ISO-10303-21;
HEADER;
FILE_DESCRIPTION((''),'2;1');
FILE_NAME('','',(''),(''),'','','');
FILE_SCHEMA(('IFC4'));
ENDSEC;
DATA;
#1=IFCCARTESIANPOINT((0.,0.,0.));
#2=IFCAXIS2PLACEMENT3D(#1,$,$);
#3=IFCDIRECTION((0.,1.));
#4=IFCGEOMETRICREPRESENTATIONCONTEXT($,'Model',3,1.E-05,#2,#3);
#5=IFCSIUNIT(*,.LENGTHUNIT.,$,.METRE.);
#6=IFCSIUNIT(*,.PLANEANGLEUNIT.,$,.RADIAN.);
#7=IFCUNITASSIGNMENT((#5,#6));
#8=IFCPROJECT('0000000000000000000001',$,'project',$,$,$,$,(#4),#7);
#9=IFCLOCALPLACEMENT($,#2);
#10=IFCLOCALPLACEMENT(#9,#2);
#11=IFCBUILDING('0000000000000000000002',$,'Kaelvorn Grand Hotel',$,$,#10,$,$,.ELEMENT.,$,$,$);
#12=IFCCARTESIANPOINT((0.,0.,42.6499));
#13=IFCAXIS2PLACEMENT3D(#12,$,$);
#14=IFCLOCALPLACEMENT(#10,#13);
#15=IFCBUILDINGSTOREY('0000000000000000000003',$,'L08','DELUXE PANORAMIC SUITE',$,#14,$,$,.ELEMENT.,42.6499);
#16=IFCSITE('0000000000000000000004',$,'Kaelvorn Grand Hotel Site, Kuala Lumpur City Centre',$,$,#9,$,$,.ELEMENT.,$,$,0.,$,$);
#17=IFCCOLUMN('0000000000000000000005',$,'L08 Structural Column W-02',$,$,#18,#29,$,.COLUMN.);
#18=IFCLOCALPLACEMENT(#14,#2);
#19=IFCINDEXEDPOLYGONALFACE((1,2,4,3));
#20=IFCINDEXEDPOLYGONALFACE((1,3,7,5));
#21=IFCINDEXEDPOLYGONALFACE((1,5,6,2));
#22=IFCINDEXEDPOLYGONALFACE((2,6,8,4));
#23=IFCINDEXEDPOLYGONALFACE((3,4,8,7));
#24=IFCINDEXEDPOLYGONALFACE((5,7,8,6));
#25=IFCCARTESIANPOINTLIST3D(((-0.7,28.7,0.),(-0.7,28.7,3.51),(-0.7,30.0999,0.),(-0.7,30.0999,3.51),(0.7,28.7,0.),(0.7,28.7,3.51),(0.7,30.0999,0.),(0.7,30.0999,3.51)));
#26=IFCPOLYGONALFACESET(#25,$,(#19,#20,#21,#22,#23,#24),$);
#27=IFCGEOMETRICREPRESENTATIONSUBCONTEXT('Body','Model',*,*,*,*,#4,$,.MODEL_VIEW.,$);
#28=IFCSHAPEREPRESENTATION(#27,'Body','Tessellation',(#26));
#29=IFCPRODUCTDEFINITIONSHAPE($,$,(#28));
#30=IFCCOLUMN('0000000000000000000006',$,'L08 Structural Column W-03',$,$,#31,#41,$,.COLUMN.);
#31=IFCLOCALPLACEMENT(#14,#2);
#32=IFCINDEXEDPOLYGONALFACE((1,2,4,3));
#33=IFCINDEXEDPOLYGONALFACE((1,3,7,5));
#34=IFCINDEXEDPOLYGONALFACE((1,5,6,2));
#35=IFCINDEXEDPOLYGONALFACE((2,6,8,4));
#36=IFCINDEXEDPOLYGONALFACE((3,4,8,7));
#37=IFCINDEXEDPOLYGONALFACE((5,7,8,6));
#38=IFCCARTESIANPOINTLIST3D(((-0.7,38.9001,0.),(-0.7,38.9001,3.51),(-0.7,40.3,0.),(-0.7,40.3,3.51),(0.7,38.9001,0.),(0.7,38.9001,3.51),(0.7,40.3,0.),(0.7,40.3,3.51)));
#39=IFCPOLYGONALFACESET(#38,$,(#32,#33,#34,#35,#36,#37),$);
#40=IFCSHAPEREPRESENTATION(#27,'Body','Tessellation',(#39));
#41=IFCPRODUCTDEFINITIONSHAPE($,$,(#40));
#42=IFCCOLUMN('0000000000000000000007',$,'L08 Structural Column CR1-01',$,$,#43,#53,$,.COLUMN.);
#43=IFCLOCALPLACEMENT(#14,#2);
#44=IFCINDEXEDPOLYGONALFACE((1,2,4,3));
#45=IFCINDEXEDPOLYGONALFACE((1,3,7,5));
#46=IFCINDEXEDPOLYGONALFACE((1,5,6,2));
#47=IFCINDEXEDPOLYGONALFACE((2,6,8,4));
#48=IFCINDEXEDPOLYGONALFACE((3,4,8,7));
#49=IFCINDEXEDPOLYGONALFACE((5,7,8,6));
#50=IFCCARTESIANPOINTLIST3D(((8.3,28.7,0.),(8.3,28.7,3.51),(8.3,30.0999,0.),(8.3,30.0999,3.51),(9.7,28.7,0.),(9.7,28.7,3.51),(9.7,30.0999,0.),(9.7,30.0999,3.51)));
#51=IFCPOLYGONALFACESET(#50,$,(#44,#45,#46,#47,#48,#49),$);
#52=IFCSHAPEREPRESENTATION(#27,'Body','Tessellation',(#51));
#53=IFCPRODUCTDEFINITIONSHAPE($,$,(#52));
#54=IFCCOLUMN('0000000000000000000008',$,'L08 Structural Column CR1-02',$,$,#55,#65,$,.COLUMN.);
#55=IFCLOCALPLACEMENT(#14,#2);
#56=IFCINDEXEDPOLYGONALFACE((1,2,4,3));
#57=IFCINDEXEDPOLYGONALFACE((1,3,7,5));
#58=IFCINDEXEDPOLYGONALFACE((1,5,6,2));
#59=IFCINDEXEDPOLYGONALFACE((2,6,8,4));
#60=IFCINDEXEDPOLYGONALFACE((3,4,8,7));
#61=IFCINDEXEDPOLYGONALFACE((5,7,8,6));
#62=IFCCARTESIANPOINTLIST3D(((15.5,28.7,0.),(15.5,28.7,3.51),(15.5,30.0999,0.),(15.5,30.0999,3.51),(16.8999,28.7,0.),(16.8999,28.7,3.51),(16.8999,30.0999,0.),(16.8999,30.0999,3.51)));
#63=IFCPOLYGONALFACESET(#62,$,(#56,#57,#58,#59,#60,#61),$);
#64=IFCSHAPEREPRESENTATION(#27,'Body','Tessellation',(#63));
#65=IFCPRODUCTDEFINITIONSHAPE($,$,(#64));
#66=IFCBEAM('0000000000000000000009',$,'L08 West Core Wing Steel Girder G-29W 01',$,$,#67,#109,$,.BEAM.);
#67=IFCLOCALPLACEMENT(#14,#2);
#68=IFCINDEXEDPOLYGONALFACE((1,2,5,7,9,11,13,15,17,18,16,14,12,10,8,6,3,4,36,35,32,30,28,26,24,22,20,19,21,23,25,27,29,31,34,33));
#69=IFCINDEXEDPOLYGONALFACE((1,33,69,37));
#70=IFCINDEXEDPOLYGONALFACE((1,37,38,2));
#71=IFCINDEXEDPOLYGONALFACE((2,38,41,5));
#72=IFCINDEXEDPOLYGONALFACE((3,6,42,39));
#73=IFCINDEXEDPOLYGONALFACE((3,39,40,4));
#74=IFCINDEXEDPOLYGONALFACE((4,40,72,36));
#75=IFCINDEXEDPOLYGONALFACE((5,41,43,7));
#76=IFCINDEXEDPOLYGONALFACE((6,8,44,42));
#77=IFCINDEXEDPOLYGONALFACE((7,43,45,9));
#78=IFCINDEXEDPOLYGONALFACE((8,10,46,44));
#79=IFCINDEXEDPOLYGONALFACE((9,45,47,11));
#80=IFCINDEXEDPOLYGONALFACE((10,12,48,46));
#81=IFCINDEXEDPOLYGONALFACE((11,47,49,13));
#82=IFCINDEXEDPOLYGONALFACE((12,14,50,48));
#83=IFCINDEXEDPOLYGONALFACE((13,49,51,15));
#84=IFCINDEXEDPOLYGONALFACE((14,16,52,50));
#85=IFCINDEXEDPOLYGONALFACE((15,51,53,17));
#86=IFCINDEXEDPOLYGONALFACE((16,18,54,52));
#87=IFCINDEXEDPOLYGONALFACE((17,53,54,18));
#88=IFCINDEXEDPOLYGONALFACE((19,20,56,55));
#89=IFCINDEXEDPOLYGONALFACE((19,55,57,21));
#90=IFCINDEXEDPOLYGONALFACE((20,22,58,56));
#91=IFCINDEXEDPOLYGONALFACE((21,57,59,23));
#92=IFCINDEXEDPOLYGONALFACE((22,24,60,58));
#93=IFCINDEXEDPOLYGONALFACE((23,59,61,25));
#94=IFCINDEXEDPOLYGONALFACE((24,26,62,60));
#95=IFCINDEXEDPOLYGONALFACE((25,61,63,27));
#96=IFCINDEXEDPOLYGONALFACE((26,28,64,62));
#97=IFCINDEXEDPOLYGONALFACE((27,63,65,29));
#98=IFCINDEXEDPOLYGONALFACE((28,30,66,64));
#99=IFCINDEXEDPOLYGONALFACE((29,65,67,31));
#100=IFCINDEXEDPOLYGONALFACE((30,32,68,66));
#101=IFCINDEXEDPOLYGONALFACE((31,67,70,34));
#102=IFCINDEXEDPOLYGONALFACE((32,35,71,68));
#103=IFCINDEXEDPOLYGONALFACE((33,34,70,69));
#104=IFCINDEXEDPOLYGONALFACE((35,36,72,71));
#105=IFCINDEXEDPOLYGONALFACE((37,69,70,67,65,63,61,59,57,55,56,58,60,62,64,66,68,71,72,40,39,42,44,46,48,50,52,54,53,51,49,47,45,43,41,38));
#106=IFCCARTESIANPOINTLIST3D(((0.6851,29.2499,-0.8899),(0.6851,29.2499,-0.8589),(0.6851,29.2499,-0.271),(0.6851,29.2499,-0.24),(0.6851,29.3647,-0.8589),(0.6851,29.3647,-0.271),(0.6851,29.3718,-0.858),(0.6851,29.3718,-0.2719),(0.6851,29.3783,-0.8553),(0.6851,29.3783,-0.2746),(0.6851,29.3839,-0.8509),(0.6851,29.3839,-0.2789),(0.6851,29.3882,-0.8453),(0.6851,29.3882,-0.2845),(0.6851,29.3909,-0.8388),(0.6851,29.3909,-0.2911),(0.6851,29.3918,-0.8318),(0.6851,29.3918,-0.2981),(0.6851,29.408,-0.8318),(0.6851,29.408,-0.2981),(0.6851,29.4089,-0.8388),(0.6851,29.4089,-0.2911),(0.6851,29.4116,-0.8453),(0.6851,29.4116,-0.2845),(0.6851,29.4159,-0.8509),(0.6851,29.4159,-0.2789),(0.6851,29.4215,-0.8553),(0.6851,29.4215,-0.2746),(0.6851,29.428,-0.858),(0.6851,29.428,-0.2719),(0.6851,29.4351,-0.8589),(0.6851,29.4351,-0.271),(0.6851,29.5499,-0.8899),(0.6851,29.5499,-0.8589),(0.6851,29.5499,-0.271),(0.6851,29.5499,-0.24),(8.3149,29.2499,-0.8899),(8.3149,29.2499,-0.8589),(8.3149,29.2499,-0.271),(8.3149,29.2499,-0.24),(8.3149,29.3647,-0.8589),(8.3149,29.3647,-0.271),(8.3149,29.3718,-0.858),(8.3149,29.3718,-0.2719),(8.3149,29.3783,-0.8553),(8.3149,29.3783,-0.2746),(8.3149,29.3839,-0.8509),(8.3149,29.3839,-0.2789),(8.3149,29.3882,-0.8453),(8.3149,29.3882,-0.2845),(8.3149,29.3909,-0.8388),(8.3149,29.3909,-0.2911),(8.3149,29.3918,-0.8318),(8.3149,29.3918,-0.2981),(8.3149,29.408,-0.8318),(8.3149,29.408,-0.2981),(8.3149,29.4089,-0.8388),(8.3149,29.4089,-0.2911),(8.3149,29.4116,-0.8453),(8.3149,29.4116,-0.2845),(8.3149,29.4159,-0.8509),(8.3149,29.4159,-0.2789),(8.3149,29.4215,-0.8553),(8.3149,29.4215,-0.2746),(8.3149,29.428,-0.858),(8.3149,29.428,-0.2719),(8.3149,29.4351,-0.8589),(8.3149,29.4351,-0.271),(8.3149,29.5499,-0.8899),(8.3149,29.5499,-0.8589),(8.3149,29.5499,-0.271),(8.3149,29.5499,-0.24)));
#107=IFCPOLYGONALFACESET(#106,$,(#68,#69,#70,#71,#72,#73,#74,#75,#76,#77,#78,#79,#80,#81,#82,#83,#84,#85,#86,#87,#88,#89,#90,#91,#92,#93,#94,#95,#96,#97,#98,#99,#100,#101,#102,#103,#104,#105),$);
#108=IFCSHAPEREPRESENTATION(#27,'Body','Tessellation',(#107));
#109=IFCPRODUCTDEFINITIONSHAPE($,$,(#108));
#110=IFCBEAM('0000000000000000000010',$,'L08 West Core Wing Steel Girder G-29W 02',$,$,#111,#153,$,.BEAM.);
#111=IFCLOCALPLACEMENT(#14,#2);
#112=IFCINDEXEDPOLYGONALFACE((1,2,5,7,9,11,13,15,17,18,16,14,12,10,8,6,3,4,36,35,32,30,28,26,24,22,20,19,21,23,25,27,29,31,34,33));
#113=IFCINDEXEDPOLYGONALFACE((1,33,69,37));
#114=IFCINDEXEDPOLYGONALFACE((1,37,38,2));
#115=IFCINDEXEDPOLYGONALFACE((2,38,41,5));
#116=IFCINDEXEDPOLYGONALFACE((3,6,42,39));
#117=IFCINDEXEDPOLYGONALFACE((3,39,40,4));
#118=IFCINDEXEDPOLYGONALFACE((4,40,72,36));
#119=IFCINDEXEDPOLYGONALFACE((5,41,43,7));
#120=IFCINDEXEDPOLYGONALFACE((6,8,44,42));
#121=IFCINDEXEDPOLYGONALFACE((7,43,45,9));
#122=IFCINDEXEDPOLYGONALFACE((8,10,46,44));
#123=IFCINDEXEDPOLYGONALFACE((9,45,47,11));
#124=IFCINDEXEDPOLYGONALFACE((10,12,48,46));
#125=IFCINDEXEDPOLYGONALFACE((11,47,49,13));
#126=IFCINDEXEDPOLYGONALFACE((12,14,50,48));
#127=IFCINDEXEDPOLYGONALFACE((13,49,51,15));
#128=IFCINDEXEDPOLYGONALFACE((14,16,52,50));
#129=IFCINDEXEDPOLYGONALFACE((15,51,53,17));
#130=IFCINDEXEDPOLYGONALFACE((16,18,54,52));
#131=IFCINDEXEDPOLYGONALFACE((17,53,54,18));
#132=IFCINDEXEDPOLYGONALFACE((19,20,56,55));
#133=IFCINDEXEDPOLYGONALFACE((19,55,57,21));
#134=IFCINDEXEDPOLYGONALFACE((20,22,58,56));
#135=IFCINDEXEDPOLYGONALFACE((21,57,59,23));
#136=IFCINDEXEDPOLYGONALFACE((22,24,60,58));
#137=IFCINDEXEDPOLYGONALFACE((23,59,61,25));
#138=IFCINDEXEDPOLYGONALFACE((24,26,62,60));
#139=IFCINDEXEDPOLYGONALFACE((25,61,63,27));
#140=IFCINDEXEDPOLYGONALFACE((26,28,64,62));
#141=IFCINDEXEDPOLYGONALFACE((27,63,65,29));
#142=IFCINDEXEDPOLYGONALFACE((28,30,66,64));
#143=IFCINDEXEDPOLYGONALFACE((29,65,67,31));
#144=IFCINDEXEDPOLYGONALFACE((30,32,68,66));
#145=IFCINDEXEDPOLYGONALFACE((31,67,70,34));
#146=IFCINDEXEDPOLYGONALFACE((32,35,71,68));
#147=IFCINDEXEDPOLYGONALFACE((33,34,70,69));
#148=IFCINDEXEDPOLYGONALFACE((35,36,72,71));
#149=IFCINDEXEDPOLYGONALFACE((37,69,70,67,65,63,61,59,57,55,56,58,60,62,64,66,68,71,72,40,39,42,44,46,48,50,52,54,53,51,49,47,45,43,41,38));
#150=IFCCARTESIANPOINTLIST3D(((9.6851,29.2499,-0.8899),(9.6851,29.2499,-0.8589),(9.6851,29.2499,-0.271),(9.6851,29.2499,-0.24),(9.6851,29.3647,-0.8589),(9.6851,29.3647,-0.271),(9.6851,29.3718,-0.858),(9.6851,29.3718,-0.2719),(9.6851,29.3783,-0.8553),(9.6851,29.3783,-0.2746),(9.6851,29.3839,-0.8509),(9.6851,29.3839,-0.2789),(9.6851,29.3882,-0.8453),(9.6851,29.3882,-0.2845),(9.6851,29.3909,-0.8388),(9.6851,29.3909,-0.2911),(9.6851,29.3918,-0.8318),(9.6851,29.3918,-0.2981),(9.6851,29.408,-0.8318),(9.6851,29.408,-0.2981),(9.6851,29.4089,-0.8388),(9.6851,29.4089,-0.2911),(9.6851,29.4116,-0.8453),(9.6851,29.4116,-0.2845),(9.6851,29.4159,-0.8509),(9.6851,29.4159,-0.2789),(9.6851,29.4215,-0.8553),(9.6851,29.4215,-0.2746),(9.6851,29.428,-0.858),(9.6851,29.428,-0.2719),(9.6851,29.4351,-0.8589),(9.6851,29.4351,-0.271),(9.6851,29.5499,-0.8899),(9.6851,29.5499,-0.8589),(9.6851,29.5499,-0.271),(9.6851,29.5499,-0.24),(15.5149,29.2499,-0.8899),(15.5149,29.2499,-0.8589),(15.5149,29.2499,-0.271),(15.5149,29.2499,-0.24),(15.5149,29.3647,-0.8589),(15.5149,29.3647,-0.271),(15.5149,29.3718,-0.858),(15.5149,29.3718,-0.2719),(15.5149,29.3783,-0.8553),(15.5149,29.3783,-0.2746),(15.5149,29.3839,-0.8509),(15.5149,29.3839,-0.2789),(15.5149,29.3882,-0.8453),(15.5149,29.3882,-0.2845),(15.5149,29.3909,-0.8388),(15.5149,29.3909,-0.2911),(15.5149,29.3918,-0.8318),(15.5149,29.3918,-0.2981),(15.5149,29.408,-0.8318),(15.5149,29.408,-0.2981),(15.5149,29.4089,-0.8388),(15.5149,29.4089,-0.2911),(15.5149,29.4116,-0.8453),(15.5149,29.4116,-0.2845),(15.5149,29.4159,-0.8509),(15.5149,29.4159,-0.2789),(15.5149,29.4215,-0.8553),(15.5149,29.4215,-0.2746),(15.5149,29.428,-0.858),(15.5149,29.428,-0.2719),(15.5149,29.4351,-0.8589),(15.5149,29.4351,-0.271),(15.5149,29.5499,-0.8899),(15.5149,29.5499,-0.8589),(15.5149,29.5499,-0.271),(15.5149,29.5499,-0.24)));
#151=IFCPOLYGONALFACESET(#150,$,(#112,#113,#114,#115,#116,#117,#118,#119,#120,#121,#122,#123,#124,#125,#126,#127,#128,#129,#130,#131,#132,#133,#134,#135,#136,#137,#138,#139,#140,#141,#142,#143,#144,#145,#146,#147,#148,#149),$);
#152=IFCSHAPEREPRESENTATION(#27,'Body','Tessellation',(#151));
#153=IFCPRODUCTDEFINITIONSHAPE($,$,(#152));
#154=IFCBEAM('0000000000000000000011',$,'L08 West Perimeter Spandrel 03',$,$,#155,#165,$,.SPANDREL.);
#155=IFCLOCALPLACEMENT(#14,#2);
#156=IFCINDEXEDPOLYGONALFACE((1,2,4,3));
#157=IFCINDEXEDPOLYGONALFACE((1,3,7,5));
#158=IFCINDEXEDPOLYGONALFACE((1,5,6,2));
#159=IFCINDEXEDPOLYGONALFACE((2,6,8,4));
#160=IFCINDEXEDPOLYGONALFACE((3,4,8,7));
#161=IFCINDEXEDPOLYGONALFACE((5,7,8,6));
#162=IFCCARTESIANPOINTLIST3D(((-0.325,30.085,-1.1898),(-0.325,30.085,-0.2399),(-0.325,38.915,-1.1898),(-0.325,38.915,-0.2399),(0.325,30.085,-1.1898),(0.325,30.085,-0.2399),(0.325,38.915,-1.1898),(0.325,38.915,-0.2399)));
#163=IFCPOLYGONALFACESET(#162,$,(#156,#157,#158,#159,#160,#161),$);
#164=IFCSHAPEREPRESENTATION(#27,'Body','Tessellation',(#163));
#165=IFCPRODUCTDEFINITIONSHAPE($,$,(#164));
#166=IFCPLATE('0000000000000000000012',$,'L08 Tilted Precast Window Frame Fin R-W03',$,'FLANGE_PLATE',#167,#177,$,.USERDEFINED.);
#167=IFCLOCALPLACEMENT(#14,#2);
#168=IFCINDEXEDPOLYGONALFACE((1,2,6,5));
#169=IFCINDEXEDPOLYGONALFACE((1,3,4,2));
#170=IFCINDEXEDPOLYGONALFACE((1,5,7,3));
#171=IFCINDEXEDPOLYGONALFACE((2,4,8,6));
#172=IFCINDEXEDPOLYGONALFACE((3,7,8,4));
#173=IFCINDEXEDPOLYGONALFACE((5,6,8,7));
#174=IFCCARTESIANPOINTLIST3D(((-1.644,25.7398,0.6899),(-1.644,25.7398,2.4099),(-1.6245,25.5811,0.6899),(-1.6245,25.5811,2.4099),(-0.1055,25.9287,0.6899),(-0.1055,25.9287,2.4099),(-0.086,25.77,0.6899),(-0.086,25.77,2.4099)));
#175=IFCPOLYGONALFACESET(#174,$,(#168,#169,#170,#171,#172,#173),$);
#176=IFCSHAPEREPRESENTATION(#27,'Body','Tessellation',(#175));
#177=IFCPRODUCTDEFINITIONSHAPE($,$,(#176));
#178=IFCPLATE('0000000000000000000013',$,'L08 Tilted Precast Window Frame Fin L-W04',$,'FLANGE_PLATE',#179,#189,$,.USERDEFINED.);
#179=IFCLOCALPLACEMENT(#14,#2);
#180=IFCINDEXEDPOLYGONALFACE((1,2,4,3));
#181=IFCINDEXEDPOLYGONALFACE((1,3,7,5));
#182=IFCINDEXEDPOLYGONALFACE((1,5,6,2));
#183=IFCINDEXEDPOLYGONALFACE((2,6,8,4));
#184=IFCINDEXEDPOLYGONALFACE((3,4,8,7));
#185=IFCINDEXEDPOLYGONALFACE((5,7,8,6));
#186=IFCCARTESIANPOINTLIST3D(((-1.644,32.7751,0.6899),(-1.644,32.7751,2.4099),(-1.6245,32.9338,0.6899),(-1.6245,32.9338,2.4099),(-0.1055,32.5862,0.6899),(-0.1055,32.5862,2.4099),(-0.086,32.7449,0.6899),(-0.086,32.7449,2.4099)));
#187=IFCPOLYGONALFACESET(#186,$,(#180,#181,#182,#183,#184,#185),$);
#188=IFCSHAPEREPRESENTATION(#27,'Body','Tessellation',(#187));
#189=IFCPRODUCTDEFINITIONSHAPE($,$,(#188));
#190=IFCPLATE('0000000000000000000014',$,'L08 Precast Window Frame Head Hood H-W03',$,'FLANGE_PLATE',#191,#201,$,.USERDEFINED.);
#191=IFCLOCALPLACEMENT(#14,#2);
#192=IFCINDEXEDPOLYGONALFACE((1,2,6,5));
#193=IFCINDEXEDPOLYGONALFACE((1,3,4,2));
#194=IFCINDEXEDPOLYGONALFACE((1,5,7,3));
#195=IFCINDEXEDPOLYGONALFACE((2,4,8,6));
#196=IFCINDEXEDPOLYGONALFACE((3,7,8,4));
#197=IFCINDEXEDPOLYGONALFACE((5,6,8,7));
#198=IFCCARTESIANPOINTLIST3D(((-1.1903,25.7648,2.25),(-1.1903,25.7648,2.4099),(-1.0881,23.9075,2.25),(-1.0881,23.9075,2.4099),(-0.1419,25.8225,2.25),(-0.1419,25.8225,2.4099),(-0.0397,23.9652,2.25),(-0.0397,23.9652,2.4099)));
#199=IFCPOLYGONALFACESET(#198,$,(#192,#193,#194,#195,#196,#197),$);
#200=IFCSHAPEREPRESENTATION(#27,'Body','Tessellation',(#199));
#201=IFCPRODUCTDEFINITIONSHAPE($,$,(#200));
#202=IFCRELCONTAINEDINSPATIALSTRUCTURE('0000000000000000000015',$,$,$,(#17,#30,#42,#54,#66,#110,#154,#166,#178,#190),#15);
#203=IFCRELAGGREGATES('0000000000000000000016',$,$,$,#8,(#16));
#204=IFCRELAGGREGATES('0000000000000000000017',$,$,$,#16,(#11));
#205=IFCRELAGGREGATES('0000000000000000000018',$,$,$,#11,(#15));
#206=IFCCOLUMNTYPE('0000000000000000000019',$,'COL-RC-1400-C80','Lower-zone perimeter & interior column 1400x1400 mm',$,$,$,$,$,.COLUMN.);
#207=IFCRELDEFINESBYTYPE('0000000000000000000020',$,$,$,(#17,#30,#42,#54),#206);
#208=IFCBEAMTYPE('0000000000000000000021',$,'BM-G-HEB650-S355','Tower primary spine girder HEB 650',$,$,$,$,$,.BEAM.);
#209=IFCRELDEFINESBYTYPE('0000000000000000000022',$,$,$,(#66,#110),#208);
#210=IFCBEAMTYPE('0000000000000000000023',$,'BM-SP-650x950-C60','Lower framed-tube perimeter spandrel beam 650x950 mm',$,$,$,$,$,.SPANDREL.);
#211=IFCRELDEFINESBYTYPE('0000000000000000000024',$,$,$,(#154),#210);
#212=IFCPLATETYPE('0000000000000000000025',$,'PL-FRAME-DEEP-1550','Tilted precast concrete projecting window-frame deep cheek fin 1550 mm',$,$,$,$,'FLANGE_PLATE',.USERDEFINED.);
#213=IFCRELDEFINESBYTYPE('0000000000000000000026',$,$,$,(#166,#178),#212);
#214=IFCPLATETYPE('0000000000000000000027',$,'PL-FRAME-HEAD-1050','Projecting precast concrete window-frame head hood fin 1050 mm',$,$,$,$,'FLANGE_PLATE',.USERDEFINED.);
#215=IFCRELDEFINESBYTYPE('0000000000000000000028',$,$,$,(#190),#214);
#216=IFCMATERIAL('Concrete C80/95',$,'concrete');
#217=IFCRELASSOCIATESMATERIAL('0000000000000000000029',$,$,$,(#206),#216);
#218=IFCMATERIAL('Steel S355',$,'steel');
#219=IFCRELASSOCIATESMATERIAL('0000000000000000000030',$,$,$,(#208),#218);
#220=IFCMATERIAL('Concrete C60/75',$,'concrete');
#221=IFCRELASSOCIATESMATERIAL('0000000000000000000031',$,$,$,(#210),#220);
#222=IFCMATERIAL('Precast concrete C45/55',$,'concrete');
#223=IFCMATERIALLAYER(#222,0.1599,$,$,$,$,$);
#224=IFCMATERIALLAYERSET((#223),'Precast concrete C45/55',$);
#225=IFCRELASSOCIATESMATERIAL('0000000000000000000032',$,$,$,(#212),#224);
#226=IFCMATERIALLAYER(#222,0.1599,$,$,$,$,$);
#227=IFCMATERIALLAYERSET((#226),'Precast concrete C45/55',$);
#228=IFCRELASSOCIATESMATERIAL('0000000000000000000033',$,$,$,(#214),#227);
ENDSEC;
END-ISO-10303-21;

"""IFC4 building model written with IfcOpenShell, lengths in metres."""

from ifc_helpers import new_model, si_unit, direction, frame, origin, origin_2d, place, context, subcontext, project, spatial, rectangle, i_section, extrude, material, layer, layer_set, material_profile, profile_set, type_object, element, save


model = new_model("IFC4")

# Units and contexts
model_context = context("Model", 3, precision=1e-05, world=origin(), true_north=direction((0.0, 1.0)))
body_context = subcontext(model_context, "Body", "Model", "MODEL_VIEW")
ifc_project = project(units=[si_unit("LENGTHUNIT", "METRE"), si_unit("PLANEANGLEUNIT", "RADIAN")], contexts=[model_context])

# Site, building, storey
site_placement = place(None, origin())
site = spatial("IfcSite", under=ifc_project, at=site_placement, Name="Kaelvorn Grand Hotel Site, Kuala Lumpur City Centre", CompositionType="ELEMENT", RefElevation=0.0)
building_placement = place(site_placement, origin())
building = spatial("IfcBuilding", under=site, at=building_placement, Name="Kaelvorn Grand Hotel", CompositionType="ELEMENT")
storey_placement = place(building_placement, frame((0.0, 0.0, 42.6499)))
storey = spatial("IfcBuildingStorey", under=building, at=storey_placement, Name="L08", Description="DELUXE PANORAMIC SUITE", CompositionType="ELEMENT", Elevation=42.6499)

# Columns
ifc_material_1 = material(Name="Concrete C80/95", Category="concrete")
ifc_material_profile_1 = material_profile(ifc_material_1, rectangle(XDim=1.3999, YDim=1.3999, at=origin_2d()), Name="RC COL 1400x1400")
ifc_profile_set_1 = profile_set([ifc_material_profile_1], Name="Concrete C80/95")
column_type = type_object("IfcColumnType", Name="COL-RC-1400-C80", Description="Lower-zone perimeter & interior column 1400x1400 mm", PredefinedType="COLUMN", material=ifc_profile_set_1)
for number, where, z_axis, x_axis, name in (
    (1, (0.0, 29.3999, 0.0), (0.0, 0.0, 1.0), (1.0, 0.0, 0.0), "L08 Structural Column W-02"),
    (2, (0.0, 39.6001, 0.0), (0.0, 0.0, 1.0), (1.0, 0.0, 0.0), "L08 Structural Column W-03"),
    (3, (9.0, 29.3999, 0.0), (0.0, 0.0, 1.0), (1.0, 0.0, 0.0), "L08 Structural Column CR1-01"),
    (4, (16.2, 29.3999, 0.0), (0.0, 0.0, 1.0), (1.0, 0.0, 0.0), "L08 Structural Column CR1-02"),
):
    element("IfcColumn", number, at=place(storey_placement, frame(where, z_axis=z_axis, x_axis=x_axis)), inside=storey, type_object=column_type, Name=name, PredefinedType="COLUMN", context=body_context, shape_type="SweptSolid", body=[
        extrude(rectangle(XDim=1.3999, YDim=1.3999, at=origin_2d()), origin(), (0.0, 0.0, 1.0), 3.51),
    ])

# Beams
ifc_material_2 = material(Name="Steel S355", Category="steel")
ifc_material_profile_2 = material_profile(ifc_material_2, i_section(OverallWidth=0.3, OverallDepth=0.6499, WebThickness=0.0161, FlangeThickness=0.031, FilletRadius=0.0271, at=origin_2d()), Name="HEB 650")
ifc_profile_set_2 = profile_set([ifc_material_profile_2], Name="Steel S355")
beam_type_1 = type_object("IfcBeamType", Name="BM-G-HEB650-S355", Description="Tower primary spine girder HEB 650", PredefinedType="BEAM", material=ifc_profile_set_2)
beam_1_placement = place(storey_placement, frame((0.6851, 29.3999, -0.5649), z_axis=(1.0, 0.0, 0.0), x_axis=(0.0, 1.0, 0.0)))
element("IfcBeam", 5, at=beam_1_placement, inside=storey, type_object=beam_type_1, Name="L08 West Core Wing Steel Girder G-29W 01", PredefinedType="BEAM", context=body_context, shape_type="SweptSolid", body=[
    extrude(i_section(OverallWidth=0.3, OverallDepth=0.6499, WebThickness=0.0161, FlangeThickness=0.031, FilletRadius=0.0271, at=origin_2d()), origin(), (0.0, 0.0, 1.0), 7.6299),
])
beam_2_placement = place(storey_placement, frame((9.6851, 29.3999, -0.5649), z_axis=(1.0, 0.0, 0.0), x_axis=(0.0, 1.0, 0.0)))
element("IfcBeam", 6, at=beam_2_placement, inside=storey, type_object=beam_type_1, Name="L08 West Core Wing Steel Girder G-29W 02", PredefinedType="BEAM", context=body_context, shape_type="SweptSolid", body=[
    extrude(i_section(OverallWidth=0.3, OverallDepth=0.6499, WebThickness=0.0161, FlangeThickness=0.031, FilletRadius=0.0271, at=origin_2d()), origin(), (0.0, 0.0, 1.0), 5.8298),
])
ifc_material_3 = material(Name="Concrete C60/75", Category="concrete")
ifc_material_profile_3 = material_profile(ifc_material_3, rectangle(XDim=0.6499, YDim=0.95, at=origin_2d()), Name="RC SPANDREL 650x950")
ifc_profile_set_3 = profile_set([ifc_material_profile_3], Name="Concrete C60/75")
beam_type_2 = type_object("IfcBeamType", Name="BM-SP-650x950-C60", Description="Lower framed-tube perimeter spandrel beam 650x950 mm", PredefinedType="SPANDREL", material=ifc_profile_set_3)
beam_3_placement = place(storey_placement, frame((0.0, 30.085, -0.7148), z_axis=(0.0, 1.0, 0.0), x_axis=(-1.0, 0.0, 0.0)))
element("IfcBeam", 7, at=beam_3_placement, inside=storey, type_object=beam_type_2, Name="L08 West Perimeter Spandrel 03", PredefinedType="SPANDREL", context=body_context, shape_type="SweptSolid", body=[
    extrude(rectangle(XDim=0.6499, YDim=0.95, at=origin_2d()), origin(), (0.0, 0.0, 1.0), 8.8301),
])

# Plates
ifc_material_4 = material(Name="Precast concrete C45/55", Category="concrete")
ifc_layer_1 = layer(ifc_material_4, 0.1599)
ifc_layer_set_1 = layer_set([ifc_layer_1], Name="Precast concrete C45/55")
plate_type_1 = type_object("IfcPlateType", Name="PL-FRAME-DEEP-1550", Description="Tilted precast concrete projecting window-frame deep cheek fin 1550 mm", ElementType="FLANGE_PLATE", PredefinedType="USERDEFINED", material=ifc_layer_set_1)
for number, where, z_axis, x_axis, name in (
    (8, (-0.865, 25.7549, 0.6899), (0.0, 0.0, 1.0), (-0.121869, 0.992546, 0.0), "L08 Tilted Precast Window Frame Fin R-W03"),
    (9, (-0.865, 32.76, 0.6899), (0.0, 0.0, 1.0), (0.121869, 0.992546, 0.0), "L08 Tilted Precast Window Frame Fin L-W04"),
):
    element("IfcPlate", number, at=place(storey_placement, frame(where, z_axis=z_axis, x_axis=x_axis)), inside=storey, type_object=plate_type_1, Name=name, ObjectType="FLANGE_PLATE", PredefinedType="USERDEFINED", context=body_context, shape_type="SweptSolid", body=[
        extrude(rectangle(XDim=0.1599, YDim=1.55, at=origin_2d()), origin(), (0.0, 0.0, 1.0), 1.72),
    ])
ifc_layer_2 = layer(ifc_material_4, 0.1599)
ifc_layer_set_2 = layer_set([ifc_layer_2], Name="Precast concrete C45/55")
plate_type_2 = type_object("IfcPlateType", Name="PL-FRAME-HEAD-1050", Description="Projecting precast concrete window-frame head hood fin 1050 mm", ElementType="FLANGE_PLATE", PredefinedType="USERDEFINED", material=ifc_layer_set_2)
for number, where, z_axis, x_axis, name in (
    (10, (-0.615, 24.865, 2.25), (0.0, 0.0, 1.0), (-0.05495, 0.998489, 0.0), "L08 Precast Window Frame Head Hood H-W03"),
):
    element("IfcPlate", number, at=place(storey_placement, frame(where, z_axis=z_axis, x_axis=x_axis)), inside=storey, type_object=plate_type_2, Name=name, ObjectType="FLANGE_PLATE", PredefinedType="USERDEFINED", context=body_context, shape_type="SweptSolid", body=[
        extrude(rectangle(XDim=1.8601, YDim=1.05, at=origin_2d()), origin(), (0.0, 0.0, 1.0), 0.1599),
    ])

save(model, "model.ifc")
